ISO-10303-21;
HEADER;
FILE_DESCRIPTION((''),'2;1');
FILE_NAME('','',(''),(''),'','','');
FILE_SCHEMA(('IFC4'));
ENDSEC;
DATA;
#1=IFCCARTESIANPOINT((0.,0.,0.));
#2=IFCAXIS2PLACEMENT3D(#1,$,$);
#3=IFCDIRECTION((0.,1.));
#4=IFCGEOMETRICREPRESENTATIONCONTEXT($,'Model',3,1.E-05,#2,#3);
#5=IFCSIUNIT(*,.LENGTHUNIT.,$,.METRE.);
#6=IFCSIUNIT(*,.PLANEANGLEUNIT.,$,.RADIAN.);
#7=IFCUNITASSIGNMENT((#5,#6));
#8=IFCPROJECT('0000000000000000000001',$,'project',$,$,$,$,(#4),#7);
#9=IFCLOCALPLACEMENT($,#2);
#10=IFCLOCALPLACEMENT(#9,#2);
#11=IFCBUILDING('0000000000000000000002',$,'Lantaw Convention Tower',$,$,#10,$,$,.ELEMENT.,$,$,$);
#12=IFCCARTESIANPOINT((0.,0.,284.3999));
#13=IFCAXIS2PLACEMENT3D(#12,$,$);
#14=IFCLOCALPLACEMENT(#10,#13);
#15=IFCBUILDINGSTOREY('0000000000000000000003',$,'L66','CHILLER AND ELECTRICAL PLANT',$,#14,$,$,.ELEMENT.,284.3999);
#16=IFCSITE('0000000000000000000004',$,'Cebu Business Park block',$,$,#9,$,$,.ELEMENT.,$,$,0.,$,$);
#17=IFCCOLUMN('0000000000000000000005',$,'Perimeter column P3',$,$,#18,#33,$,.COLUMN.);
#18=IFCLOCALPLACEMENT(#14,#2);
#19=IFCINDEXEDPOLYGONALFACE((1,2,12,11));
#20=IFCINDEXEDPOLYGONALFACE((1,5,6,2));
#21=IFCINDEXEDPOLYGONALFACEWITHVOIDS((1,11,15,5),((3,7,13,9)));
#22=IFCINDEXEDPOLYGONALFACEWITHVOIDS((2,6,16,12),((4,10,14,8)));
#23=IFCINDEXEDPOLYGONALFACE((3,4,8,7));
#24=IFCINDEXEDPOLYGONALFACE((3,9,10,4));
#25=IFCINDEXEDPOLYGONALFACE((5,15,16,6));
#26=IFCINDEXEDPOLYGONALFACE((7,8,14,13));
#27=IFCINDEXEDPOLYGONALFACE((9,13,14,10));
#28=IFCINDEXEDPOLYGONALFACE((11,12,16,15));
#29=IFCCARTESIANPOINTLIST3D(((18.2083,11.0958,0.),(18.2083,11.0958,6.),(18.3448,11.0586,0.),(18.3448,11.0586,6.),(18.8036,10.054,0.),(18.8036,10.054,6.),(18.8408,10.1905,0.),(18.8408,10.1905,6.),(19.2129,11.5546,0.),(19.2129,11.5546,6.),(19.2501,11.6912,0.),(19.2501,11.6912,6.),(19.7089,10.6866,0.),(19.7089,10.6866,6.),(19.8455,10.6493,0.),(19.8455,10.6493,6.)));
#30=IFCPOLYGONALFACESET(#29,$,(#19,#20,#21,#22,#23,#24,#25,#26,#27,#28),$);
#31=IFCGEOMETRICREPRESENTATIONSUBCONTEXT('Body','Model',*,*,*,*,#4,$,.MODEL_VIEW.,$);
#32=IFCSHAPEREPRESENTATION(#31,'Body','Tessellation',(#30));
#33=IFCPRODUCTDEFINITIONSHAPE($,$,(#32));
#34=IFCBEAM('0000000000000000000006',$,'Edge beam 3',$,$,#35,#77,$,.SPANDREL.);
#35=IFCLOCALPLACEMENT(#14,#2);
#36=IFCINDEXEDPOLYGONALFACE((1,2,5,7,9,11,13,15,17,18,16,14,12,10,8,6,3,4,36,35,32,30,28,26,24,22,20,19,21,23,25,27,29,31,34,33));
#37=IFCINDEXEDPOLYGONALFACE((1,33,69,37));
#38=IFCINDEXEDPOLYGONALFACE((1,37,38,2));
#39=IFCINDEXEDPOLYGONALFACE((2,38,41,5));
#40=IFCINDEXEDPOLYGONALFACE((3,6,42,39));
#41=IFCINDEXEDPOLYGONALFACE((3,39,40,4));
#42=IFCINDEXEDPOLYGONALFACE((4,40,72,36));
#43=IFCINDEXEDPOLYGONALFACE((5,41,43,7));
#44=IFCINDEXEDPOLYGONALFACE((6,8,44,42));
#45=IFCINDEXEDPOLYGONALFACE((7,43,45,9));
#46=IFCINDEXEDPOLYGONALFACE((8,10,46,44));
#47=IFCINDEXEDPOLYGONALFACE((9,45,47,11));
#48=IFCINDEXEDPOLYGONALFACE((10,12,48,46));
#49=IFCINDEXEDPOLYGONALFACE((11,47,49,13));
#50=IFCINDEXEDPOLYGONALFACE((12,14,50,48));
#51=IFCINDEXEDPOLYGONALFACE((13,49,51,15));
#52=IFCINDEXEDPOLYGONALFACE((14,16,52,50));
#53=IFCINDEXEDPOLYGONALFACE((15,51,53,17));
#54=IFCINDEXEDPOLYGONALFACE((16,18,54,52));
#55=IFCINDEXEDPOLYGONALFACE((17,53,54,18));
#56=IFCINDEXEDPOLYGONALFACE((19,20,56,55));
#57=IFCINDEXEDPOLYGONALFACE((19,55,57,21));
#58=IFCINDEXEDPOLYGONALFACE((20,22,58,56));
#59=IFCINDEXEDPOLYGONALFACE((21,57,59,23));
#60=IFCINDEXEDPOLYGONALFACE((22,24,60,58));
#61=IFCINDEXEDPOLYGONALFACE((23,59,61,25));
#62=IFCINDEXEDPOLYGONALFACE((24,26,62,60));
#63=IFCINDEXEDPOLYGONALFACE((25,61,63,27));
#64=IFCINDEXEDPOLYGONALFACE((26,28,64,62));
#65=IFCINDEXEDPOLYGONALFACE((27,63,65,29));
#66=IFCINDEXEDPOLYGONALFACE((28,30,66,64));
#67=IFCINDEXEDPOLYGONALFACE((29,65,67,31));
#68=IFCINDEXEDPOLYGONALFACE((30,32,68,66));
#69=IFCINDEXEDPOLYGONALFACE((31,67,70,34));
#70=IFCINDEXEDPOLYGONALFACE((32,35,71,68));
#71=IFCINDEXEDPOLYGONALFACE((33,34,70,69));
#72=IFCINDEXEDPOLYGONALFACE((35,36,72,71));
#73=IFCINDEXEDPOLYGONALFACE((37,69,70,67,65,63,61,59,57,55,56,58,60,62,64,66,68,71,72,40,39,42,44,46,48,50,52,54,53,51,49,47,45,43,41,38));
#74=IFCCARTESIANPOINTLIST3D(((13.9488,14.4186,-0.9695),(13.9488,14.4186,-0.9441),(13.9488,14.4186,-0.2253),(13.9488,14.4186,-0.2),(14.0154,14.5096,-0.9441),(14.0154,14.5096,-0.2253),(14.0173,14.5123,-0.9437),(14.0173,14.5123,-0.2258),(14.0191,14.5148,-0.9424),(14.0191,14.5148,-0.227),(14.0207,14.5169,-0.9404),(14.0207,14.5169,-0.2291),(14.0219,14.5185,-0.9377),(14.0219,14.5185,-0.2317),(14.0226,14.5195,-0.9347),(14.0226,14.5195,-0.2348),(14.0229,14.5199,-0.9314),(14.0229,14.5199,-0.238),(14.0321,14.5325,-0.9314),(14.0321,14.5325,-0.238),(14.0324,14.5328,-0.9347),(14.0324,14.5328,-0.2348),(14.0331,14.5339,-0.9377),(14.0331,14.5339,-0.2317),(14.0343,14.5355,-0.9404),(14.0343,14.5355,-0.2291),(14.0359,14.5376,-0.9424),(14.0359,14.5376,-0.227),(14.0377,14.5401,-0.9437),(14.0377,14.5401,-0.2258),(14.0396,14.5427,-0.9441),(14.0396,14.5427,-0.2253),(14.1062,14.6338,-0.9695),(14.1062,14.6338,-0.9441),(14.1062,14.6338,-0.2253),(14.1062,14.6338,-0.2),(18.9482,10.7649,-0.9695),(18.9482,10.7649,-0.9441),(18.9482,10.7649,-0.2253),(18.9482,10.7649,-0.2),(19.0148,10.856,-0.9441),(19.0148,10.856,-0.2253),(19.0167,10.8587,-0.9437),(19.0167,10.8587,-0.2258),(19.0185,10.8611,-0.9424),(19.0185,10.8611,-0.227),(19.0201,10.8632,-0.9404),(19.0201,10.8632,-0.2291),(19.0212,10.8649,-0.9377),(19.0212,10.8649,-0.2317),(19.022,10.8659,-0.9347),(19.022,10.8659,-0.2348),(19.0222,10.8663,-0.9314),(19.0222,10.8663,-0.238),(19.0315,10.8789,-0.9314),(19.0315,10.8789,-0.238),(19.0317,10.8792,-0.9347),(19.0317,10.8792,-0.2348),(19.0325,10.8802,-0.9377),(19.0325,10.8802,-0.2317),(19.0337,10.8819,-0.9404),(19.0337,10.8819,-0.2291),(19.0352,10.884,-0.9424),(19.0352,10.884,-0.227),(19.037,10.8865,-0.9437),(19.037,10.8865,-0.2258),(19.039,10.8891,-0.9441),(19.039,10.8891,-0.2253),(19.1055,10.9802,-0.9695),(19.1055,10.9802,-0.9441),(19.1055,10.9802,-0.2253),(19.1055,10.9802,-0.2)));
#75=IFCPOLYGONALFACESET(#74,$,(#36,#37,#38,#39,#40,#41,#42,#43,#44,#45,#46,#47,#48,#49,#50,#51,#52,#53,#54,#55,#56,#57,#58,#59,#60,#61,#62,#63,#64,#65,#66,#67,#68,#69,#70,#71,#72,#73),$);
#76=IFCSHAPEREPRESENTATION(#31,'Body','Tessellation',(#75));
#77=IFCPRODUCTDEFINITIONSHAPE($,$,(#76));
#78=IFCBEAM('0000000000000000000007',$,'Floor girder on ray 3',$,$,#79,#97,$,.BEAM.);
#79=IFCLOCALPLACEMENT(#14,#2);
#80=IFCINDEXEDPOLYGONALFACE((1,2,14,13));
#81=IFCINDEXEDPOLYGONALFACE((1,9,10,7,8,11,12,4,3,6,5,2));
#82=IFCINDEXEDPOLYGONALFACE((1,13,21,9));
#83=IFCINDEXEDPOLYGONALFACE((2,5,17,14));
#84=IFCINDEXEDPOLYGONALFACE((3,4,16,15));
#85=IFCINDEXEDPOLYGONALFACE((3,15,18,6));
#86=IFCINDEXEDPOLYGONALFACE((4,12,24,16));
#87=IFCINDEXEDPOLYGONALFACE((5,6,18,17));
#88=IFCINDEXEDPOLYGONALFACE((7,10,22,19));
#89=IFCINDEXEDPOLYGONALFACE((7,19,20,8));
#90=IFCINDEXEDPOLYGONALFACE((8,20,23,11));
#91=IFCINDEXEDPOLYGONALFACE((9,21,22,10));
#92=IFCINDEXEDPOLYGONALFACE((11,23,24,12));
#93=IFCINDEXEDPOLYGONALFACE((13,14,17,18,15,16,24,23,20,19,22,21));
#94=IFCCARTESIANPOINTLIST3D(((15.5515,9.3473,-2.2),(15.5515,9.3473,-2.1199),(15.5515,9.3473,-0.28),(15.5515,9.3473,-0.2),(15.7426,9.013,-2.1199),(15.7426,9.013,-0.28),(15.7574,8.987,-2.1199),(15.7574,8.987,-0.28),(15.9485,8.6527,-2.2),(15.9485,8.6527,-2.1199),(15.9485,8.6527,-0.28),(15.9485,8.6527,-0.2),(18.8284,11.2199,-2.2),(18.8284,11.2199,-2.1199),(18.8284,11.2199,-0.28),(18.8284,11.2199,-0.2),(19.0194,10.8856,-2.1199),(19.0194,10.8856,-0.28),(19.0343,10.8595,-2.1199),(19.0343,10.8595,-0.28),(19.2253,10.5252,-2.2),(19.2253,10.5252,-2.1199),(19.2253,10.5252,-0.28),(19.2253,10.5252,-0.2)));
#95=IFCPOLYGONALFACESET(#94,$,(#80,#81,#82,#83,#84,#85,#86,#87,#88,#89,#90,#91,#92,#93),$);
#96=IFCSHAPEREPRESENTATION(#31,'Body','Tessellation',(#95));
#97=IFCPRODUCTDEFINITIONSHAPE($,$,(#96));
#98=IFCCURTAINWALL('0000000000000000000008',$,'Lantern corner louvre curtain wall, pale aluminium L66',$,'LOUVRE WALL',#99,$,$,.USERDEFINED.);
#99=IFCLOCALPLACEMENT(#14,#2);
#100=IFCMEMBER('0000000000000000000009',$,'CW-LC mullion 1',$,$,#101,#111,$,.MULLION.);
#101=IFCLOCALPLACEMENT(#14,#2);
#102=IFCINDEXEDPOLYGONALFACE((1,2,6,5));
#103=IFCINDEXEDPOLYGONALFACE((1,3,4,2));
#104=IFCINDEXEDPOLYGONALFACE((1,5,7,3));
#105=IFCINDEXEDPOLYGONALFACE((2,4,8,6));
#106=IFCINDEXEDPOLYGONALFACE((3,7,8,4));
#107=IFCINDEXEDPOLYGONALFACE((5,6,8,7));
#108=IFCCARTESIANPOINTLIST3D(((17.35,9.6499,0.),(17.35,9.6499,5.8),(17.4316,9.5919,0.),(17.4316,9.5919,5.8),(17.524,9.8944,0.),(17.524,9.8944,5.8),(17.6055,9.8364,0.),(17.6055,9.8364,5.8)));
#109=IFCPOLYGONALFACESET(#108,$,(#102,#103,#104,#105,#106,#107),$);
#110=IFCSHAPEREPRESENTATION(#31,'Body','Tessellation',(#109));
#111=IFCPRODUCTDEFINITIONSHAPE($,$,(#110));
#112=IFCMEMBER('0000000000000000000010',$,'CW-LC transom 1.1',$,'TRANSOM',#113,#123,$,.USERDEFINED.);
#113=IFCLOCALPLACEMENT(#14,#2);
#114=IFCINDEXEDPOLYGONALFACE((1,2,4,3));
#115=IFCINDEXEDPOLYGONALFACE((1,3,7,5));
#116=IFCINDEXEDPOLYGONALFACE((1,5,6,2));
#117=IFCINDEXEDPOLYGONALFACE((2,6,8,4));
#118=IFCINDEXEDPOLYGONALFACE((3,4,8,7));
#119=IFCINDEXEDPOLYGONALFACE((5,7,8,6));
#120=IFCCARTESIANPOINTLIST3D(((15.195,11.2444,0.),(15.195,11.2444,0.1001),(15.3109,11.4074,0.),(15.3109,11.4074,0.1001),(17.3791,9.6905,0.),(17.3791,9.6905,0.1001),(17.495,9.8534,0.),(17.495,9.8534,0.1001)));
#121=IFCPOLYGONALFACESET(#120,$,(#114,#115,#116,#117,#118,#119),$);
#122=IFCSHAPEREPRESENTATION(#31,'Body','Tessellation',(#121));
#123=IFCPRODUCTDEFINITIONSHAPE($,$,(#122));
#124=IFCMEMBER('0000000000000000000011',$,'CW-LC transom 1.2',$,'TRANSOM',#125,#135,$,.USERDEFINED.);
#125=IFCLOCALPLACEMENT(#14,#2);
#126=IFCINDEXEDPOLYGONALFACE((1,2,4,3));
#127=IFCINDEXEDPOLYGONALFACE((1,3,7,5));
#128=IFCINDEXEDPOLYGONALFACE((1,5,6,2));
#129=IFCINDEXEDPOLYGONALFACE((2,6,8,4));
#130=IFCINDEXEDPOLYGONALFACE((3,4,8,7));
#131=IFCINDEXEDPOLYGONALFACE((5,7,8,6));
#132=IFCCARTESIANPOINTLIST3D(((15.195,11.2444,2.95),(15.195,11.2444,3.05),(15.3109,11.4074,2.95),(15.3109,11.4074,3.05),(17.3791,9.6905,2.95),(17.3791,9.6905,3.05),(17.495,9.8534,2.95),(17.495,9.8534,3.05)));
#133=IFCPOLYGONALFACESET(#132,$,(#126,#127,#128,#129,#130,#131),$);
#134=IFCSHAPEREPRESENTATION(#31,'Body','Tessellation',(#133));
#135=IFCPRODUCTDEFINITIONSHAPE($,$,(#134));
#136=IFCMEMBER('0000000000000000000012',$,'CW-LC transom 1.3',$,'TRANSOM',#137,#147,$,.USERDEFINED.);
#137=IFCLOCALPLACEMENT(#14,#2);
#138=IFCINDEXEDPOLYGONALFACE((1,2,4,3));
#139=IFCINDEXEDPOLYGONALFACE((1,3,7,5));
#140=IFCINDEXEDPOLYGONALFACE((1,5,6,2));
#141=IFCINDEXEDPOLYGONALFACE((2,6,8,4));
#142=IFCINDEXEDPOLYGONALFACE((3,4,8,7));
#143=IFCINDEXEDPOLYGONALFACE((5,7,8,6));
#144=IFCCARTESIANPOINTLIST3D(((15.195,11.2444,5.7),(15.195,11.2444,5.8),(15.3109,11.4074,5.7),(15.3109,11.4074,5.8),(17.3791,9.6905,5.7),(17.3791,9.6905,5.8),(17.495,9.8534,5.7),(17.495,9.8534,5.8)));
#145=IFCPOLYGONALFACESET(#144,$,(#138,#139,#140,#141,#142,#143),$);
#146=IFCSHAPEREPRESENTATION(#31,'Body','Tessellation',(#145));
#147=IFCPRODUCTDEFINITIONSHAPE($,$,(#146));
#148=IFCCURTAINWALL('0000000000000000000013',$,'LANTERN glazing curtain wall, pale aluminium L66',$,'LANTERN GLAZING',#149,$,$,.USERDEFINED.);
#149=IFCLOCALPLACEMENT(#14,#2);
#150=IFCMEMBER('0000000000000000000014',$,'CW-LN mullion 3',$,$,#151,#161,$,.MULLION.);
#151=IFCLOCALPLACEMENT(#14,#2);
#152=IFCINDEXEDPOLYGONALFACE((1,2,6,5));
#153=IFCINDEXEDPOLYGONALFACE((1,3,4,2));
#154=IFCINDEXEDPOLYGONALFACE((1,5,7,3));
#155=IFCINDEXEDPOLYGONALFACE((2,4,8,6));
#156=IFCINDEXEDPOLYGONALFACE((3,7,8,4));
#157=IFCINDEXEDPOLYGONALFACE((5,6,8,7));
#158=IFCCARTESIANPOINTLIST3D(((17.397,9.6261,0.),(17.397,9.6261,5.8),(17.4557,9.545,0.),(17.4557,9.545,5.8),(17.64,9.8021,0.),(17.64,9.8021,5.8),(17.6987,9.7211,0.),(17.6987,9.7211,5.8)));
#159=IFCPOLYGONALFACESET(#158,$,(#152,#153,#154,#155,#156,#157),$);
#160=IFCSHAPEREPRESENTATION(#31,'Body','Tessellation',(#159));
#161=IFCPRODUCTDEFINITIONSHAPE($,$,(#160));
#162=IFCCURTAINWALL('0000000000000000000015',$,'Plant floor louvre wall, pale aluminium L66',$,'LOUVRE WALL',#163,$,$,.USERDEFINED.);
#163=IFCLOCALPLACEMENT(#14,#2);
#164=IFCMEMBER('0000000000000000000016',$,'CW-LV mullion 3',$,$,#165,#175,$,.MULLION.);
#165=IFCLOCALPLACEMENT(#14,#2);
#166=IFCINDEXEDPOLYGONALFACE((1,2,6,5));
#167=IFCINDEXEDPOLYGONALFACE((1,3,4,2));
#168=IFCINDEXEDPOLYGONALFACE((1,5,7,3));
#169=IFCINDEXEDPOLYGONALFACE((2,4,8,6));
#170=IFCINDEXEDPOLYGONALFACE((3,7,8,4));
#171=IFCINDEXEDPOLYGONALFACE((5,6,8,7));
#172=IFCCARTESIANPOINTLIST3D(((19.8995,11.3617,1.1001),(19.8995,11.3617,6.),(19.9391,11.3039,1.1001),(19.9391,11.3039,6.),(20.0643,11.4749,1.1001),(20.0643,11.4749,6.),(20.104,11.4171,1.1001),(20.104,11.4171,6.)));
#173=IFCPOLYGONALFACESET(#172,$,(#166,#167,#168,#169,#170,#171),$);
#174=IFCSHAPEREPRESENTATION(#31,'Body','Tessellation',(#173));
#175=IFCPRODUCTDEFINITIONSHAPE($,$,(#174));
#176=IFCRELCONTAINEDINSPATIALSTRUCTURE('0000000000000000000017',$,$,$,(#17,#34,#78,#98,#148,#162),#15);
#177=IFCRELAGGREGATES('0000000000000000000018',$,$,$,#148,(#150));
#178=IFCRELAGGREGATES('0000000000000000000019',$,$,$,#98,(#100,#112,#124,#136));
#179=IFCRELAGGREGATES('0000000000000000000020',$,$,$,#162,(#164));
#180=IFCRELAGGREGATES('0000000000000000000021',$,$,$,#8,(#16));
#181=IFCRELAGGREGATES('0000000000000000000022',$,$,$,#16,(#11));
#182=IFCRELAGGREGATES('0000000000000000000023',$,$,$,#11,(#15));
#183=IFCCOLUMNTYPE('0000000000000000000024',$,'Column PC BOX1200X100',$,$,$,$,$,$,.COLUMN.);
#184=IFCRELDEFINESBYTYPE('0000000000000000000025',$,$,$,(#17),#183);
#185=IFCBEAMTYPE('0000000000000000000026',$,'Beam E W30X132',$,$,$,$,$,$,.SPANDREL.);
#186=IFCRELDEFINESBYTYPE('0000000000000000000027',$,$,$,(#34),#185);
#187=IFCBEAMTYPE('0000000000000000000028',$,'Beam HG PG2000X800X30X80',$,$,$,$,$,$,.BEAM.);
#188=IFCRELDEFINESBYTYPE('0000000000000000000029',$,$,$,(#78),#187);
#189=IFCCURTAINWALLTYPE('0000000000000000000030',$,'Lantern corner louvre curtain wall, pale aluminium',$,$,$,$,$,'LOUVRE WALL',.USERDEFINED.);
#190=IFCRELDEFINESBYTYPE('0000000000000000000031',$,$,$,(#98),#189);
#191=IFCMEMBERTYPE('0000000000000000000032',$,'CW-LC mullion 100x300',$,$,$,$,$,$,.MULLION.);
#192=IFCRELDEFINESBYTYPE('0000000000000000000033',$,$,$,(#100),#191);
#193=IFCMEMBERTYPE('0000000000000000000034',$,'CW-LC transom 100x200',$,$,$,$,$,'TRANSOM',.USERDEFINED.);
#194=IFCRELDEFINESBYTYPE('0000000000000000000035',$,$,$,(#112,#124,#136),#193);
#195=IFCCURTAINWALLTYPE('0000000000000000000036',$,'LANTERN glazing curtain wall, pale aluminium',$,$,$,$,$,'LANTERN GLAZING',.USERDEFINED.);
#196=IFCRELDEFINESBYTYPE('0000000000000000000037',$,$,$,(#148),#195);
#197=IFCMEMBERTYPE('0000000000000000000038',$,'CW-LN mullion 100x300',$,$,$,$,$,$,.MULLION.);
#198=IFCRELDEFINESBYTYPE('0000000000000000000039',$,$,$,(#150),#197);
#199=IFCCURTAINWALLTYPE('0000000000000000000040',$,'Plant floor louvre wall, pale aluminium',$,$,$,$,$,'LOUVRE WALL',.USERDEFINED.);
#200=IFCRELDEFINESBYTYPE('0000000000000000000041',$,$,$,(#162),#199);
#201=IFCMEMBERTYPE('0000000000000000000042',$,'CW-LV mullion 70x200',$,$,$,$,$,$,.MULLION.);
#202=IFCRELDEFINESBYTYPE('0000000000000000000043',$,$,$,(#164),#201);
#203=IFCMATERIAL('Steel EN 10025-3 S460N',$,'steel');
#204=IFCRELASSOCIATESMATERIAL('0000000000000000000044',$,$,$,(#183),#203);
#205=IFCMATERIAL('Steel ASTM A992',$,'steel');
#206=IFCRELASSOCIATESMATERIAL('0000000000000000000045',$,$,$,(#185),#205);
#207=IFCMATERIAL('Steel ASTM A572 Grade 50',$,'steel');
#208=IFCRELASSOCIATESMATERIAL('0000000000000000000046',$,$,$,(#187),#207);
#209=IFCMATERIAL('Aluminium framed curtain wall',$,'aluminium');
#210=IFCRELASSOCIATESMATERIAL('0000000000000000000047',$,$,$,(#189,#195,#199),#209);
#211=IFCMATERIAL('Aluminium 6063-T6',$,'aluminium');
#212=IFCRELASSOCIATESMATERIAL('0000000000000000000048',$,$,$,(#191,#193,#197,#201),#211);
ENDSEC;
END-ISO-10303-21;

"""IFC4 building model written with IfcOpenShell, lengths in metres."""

from ifc_helpers import new_model, si_unit, direction, frame, origin, origin_2d, place, context, subcontext, project, spatial, rectangle, hollow_rectangle, i_section, extrude, material, material_profile, profile_set, type_object, element, aggregate, save


model = new_model("IFC4")

# Units and contexts
model_context = context("Model", 3, precision=1e-05, world=origin(), true_north=direction((0.0, 1.0)))
body_context = subcontext(model_context, "Body", "Model", "MODEL_VIEW")
ifc_project = project(units=[si_unit("LENGTHUNIT", "METRE"), si_unit("PLANEANGLEUNIT", "RADIAN")], contexts=[model_context])

# Site, building, storey
site_placement = place(None, origin())
site = spatial("IfcSite", under=ifc_project, at=site_placement, Name="Cebu Business Park block", CompositionType="ELEMENT", RefElevation=0.0)
building_placement = place(site_placement, origin())
building = spatial("IfcBuilding", under=site, at=building_placement, Name="Lantaw Convention Tower", CompositionType="ELEMENT")
storey_placement = place(building_placement, frame((0.0, 0.0, 284.3999)))
storey = spatial("IfcBuildingStorey", under=building, at=storey_placement, Name="L66", Description="CHILLER AND ELECTRICAL PLANT", CompositionType="ELEMENT", Elevation=284.3999)

# Column
ifc_material_1 = material(Name="Steel EN 10025-3 S460N", Category="steel")
ifc_material_profile_1 = material_profile(ifc_material_1, hollow_rectangle(XDim=1.2, YDim=1.2, WallThickness=0.1001, at=origin_2d()), Name="BOX1200X100")
ifc_material_2 = material(Name="Concrete C60/75", Category="concrete")
ifc_material_profile_2 = material_profile(ifc_material_2, rectangle(XDim=1.0, YDim=1.0, at=origin_2d()), Name="Concrete fill of BOX1200X100")
ifc_profile_set_1 = profile_set([ifc_material_profile_1, ifc_material_profile_2], Name="Steel EN 10025-3 S460N")
column_type = type_object("IfcColumnType", Name="Column PC BOX1200X100", PredefinedType="COLUMN", material=ifc_profile_set_1)
column_placement = place(storey_placement, frame((19.0269, 10.8726, 0.0), z_axis=(0.0, 0.0, 1.0), x_axis=(0.868243, 0.496139, 0.0)))
element("IfcColumn", 1, at=column_placement, inside=storey, type_object=column_type, Name="Perimeter column P3", PredefinedType="COLUMN", context=body_context, shape_type="SweptSolid", body=[
    extrude(hollow_rectangle(XDim=1.2, YDim=1.2, WallThickness=0.1001, at=origin_2d()), origin(), (0.0, 0.0, 1.0), 6.0),
])

# Beams
ifc_material_3 = material(Name="Steel ASTM A992", Category="steel")
ifc_material_profile_3 = material_profile(ifc_material_3, i_section(OverallWidth=0.2666, OverallDepth=0.7695, WebThickness=0.0156, FlangeThickness=0.0254, FilletRadius=0.0127, at=origin_2d()), Name="W30X132")
ifc_profile_set_2 = profile_set([ifc_material_profile_3], Name="Steel ASTM A992")
beam_type_1 = type_object("IfcBeamType", Name="Beam E W30X132", PredefinedType="SPANDREL", material=ifc_profile_set_2)
beam_1_placement = place(storey_placement, frame((19.0269, 10.8726, -0.5847), z_axis=(-0.807372, 0.590043, 0.0), x_axis=(-0.590043, -0.807372, 0.0)))
element("IfcBeam", 2, at=beam_1_placement, inside=storey, type_object=beam_type_1, Name="Edge beam 3", PredefinedType="SPANDREL", context=body_context, shape_type="SweptSolid", body=[
    extrude(i_section(OverallWidth=0.2666, OverallDepth=0.7695, WebThickness=0.0156, FlangeThickness=0.0254, FilletRadius=0.0127, at=origin_2d()), origin(), (0.0, 0.0, 1.0), 6.1921),
])
ifc_material_4 = material(Name="Steel ASTM A572 Grade 50", Category="steel")
ifc_material_profile_4 = material_profile(ifc_material_4, i_section(OverallWidth=0.8, OverallDepth=2.0, WebThickness=0.03, FlangeThickness=0.0801, at=origin_2d()), Name="PG2000X800X30X80")
ifc_profile_set_3 = profile_set([ifc_material_profile_4], Name="Steel ASTM A572 Grade 50")
beam_type_2 = type_object("IfcBeamType", Name="Beam HG PG2000X800X30X80", PredefinedType="BEAM", material=ifc_profile_set_3)
beam_2_placement = place(storey_placement, frame((15.75, 9.0, -1.2), z_axis=(0.868235, 0.496153, 0.0), x_axis=(-0.496153, 0.868235, 0.0)))
element("IfcBeam", 3, at=beam_2_placement, inside=storey, type_object=beam_type_2, Name="Floor girder on ray 3", PredefinedType="BEAM", context=body_context, shape_type="SweptSolid", body=[
    extrude(i_section(OverallWidth=0.8, OverallDepth=2.0, WebThickness=0.03, FlangeThickness=0.0801, at=origin_2d()), origin(), (0.0, 0.0, 1.0), 3.7742),
])

# Curtain wall, members
ifc_material_5 = material(Name="Aluminium framed curtain wall", Category="aluminium")
curtain_wall_type_1 = type_object("IfcCurtainWallType", Name="Lantern corner louvre curtain wall, pale aluminium", ElementType="LOUVRE WALL", PredefinedType="USERDEFINED", material=ifc_material_5)
curtain_wall_1_placement = place(storey_placement, origin())
curtain_wall_1 = element("IfcCurtainWall", 4, at=curtain_wall_1_placement, inside=storey, type_object=curtain_wall_type_1, Name="Lantern corner louvre curtain wall, pale aluminium L66", ObjectType="LOUVRE WALL", PredefinedType="USERDEFINED")
ifc_material_6 = material(Name="Aluminium 6063-T6", Category="aluminium")
ifc_material_profile_5 = material_profile(ifc_material_6, rectangle(XDim=0.3, YDim=0.1001, at=origin_2d()), Name="CW-LC mullion 100x300")
ifc_profile_set_4 = profile_set([ifc_material_profile_5], Name="Aluminium 6063-T6")
member_type_1 = type_object("IfcMemberType", Name="CW-LC mullion 100x300", PredefinedType="MULLION", material=ifc_profile_set_4)
member_1_placement = place(storey_placement, frame((17.4778, 9.7432, 0.0), z_axis=(0.0, 0.0, 1.0), x_axis=(-0.579684, -0.814841, 0.0)))
member_1 = element("IfcMember", 5, at=member_1_placement, type_object=member_type_1, Name="CW-LC mullion 1", PredefinedType="MULLION", context=body_context, shape_type="SweptSolid", body=[
    extrude(rectangle(XDim=0.3, YDim=0.1001, at=origin_2d()), origin(), (0.0, 0.0, 1.0), 5.8),
])
ifc_material_profile_6 = material_profile(ifc_material_6, rectangle(XDim=0.2, YDim=0.1001, at=origin_2d()), Name="CW-LC transom 100x200")
ifc_profile_set_5 = profile_set([ifc_material_profile_6], Name="Aluminium 6063-T6")
member_type_2 = type_object("IfcMemberType", Name="CW-LC transom 100x200", ElementType="TRANSOM", PredefinedType="USERDEFINED", material=ifc_profile_set_5)
member_2_placement = place(storey_placement, frame((17.437, 9.772, 0.05), z_axis=(-0.814809, 0.579729, 0.0), x_axis=(-0.579729, -0.814809, 0.0)))
member_2 = element("IfcMember", 6, at=member_2_placement, type_object=member_type_2, Name="CW-LC transom 1.1", ObjectType="TRANSOM", PredefinedType="USERDEFINED", context=body_context, shape_type="SweptSolid", body=[
    extrude(rectangle(XDim=0.2, YDim=0.1001, at=origin_2d()), origin(), (0.0, 0.0, 1.0), 2.6804),
])
member_3_placement = place(storey_placement, frame((17.437, 9.772, 3.0), z_axis=(-0.814809, 0.579729, 0.0), x_axis=(-0.579729, -0.814809, 0.0)))
member_3 = element("IfcMember", 7, at=member_3_placement, type_object=member_type_2, Name="CW-LC transom 1.2", ObjectType="TRANSOM", PredefinedType="USERDEFINED", context=body_context, shape_type="SweptSolid", body=[
    extrude(rectangle(XDim=0.2, YDim=0.1001, at=origin_2d()), origin(), (0.0, 0.0, 1.0), 2.6804),
])
member_4_placement = place(storey_placement, frame((17.437, 9.772, 5.75), z_axis=(-0.814809, 0.579729, 0.0), x_axis=(-0.579729, -0.814809, 0.0)))
member_4 = element("IfcMember", 8, at=member_4_placement, type_object=member_type_2, Name="CW-LC transom 1.3", ObjectType="TRANSOM", PredefinedType="USERDEFINED", context=body_context, shape_type="SweptSolid", body=[
    extrude(rectangle(XDim=0.2, YDim=0.1001, at=origin_2d()), origin(), (0.0, 0.0, 1.0), 2.6804),
])

# Curtain walls, members
curtain_wall_type_2 = type_object("IfcCurtainWallType", Name="LANTERN glazing curtain wall, pale aluminium", ElementType="LANTERN GLAZING", PredefinedType="USERDEFINED", material=ifc_material_5)
curtain_wall_2_placement = place(storey_placement, origin())
curtain_wall_2 = element("IfcCurtainWall", 9, at=curtain_wall_2_placement, inside=storey, type_object=curtain_wall_type_2, Name="LANTERN glazing curtain wall, pale aluminium L66", ObjectType="LANTERN GLAZING", PredefinedType="USERDEFINED")
ifc_material_profile_7 = material_profile(ifc_material_6, rectangle(XDim=0.3, YDim=0.1001, at=origin_2d()), Name="CW-LN mullion 100x300")
ifc_profile_set_6 = profile_set([ifc_material_profile_7], Name="Aluminium 6063-T6")
member_type_3 = type_object("IfcMemberType", Name="CW-LN mullion 100x300", PredefinedType="MULLION", material=ifc_profile_set_6)
member_5_placement = place(storey_placement, frame((17.5479, 9.6736, 0.0), z_axis=(0.0, 0.0, 1.0), x_axis=(-0.809742, -0.586786, 0.0)))
member_5 = element("IfcMember", 10, at=member_5_placement, type_object=member_type_3, Name="CW-LN mullion 3", PredefinedType="MULLION", context=body_context, shape_type="SweptSolid", body=[
    extrude(rectangle(XDim=0.3, YDim=0.1001, at=origin_2d()), origin(), (0.0, 0.0, 1.0), 5.8),
])
aggregate(curtain_wall_2, [member_5])
curtain_wall_type_3 = type_object("IfcCurtainWallType", Name="Plant floor louvre wall, pale aluminium", ElementType="LOUVRE WALL", PredefinedType="USERDEFINED", material=ifc_material_5)
curtain_wall_3_placement = place(storey_placement, origin())
curtain_wall_3 = element("IfcCurtainWall", 11, at=curtain_wall_3_placement, inside=storey, type_object=curtain_wall_type_3, Name="Plant floor louvre wall, pale aluminium L66", ObjectType="LOUVRE WALL", PredefinedType="USERDEFINED")
ifc_material_profile_8 = material_profile(ifc_material_6, rectangle(XDim=0.2, YDim=0.0701, at=origin_2d()), Name="CW-LV mullion 70x200")
ifc_profile_set_7 = profile_set([ifc_material_profile_8], Name="Aluminium 6063-T6")
member_type_4 = type_object("IfcMemberType", Name="CW-LV mullion 70x200", PredefinedType="MULLION", material=ifc_profile_set_7)
member_6_placement = place(storey_placement, frame((20.0017, 11.3894, 1.1001), z_axis=(0.0, 0.0, 1.0), x_axis=(-0.82445, -0.565935, 0.0)))
member_6 = element("IfcMember", 12, at=member_6_placement, type_object=member_type_4, Name="CW-LV mullion 3", PredefinedType="MULLION", context=body_context, shape_type="SweptSolid", body=[
    extrude(rectangle(XDim=0.2, YDim=0.0701, at=origin_2d()), origin(), (0.0, 0.0, 1.0), 4.8999),
])

aggregate(curtain_wall_1, [member_1, member_2, member_3, member_4])
aggregate(curtain_wall_3, [member_6])

save(model, "model.ifc")
